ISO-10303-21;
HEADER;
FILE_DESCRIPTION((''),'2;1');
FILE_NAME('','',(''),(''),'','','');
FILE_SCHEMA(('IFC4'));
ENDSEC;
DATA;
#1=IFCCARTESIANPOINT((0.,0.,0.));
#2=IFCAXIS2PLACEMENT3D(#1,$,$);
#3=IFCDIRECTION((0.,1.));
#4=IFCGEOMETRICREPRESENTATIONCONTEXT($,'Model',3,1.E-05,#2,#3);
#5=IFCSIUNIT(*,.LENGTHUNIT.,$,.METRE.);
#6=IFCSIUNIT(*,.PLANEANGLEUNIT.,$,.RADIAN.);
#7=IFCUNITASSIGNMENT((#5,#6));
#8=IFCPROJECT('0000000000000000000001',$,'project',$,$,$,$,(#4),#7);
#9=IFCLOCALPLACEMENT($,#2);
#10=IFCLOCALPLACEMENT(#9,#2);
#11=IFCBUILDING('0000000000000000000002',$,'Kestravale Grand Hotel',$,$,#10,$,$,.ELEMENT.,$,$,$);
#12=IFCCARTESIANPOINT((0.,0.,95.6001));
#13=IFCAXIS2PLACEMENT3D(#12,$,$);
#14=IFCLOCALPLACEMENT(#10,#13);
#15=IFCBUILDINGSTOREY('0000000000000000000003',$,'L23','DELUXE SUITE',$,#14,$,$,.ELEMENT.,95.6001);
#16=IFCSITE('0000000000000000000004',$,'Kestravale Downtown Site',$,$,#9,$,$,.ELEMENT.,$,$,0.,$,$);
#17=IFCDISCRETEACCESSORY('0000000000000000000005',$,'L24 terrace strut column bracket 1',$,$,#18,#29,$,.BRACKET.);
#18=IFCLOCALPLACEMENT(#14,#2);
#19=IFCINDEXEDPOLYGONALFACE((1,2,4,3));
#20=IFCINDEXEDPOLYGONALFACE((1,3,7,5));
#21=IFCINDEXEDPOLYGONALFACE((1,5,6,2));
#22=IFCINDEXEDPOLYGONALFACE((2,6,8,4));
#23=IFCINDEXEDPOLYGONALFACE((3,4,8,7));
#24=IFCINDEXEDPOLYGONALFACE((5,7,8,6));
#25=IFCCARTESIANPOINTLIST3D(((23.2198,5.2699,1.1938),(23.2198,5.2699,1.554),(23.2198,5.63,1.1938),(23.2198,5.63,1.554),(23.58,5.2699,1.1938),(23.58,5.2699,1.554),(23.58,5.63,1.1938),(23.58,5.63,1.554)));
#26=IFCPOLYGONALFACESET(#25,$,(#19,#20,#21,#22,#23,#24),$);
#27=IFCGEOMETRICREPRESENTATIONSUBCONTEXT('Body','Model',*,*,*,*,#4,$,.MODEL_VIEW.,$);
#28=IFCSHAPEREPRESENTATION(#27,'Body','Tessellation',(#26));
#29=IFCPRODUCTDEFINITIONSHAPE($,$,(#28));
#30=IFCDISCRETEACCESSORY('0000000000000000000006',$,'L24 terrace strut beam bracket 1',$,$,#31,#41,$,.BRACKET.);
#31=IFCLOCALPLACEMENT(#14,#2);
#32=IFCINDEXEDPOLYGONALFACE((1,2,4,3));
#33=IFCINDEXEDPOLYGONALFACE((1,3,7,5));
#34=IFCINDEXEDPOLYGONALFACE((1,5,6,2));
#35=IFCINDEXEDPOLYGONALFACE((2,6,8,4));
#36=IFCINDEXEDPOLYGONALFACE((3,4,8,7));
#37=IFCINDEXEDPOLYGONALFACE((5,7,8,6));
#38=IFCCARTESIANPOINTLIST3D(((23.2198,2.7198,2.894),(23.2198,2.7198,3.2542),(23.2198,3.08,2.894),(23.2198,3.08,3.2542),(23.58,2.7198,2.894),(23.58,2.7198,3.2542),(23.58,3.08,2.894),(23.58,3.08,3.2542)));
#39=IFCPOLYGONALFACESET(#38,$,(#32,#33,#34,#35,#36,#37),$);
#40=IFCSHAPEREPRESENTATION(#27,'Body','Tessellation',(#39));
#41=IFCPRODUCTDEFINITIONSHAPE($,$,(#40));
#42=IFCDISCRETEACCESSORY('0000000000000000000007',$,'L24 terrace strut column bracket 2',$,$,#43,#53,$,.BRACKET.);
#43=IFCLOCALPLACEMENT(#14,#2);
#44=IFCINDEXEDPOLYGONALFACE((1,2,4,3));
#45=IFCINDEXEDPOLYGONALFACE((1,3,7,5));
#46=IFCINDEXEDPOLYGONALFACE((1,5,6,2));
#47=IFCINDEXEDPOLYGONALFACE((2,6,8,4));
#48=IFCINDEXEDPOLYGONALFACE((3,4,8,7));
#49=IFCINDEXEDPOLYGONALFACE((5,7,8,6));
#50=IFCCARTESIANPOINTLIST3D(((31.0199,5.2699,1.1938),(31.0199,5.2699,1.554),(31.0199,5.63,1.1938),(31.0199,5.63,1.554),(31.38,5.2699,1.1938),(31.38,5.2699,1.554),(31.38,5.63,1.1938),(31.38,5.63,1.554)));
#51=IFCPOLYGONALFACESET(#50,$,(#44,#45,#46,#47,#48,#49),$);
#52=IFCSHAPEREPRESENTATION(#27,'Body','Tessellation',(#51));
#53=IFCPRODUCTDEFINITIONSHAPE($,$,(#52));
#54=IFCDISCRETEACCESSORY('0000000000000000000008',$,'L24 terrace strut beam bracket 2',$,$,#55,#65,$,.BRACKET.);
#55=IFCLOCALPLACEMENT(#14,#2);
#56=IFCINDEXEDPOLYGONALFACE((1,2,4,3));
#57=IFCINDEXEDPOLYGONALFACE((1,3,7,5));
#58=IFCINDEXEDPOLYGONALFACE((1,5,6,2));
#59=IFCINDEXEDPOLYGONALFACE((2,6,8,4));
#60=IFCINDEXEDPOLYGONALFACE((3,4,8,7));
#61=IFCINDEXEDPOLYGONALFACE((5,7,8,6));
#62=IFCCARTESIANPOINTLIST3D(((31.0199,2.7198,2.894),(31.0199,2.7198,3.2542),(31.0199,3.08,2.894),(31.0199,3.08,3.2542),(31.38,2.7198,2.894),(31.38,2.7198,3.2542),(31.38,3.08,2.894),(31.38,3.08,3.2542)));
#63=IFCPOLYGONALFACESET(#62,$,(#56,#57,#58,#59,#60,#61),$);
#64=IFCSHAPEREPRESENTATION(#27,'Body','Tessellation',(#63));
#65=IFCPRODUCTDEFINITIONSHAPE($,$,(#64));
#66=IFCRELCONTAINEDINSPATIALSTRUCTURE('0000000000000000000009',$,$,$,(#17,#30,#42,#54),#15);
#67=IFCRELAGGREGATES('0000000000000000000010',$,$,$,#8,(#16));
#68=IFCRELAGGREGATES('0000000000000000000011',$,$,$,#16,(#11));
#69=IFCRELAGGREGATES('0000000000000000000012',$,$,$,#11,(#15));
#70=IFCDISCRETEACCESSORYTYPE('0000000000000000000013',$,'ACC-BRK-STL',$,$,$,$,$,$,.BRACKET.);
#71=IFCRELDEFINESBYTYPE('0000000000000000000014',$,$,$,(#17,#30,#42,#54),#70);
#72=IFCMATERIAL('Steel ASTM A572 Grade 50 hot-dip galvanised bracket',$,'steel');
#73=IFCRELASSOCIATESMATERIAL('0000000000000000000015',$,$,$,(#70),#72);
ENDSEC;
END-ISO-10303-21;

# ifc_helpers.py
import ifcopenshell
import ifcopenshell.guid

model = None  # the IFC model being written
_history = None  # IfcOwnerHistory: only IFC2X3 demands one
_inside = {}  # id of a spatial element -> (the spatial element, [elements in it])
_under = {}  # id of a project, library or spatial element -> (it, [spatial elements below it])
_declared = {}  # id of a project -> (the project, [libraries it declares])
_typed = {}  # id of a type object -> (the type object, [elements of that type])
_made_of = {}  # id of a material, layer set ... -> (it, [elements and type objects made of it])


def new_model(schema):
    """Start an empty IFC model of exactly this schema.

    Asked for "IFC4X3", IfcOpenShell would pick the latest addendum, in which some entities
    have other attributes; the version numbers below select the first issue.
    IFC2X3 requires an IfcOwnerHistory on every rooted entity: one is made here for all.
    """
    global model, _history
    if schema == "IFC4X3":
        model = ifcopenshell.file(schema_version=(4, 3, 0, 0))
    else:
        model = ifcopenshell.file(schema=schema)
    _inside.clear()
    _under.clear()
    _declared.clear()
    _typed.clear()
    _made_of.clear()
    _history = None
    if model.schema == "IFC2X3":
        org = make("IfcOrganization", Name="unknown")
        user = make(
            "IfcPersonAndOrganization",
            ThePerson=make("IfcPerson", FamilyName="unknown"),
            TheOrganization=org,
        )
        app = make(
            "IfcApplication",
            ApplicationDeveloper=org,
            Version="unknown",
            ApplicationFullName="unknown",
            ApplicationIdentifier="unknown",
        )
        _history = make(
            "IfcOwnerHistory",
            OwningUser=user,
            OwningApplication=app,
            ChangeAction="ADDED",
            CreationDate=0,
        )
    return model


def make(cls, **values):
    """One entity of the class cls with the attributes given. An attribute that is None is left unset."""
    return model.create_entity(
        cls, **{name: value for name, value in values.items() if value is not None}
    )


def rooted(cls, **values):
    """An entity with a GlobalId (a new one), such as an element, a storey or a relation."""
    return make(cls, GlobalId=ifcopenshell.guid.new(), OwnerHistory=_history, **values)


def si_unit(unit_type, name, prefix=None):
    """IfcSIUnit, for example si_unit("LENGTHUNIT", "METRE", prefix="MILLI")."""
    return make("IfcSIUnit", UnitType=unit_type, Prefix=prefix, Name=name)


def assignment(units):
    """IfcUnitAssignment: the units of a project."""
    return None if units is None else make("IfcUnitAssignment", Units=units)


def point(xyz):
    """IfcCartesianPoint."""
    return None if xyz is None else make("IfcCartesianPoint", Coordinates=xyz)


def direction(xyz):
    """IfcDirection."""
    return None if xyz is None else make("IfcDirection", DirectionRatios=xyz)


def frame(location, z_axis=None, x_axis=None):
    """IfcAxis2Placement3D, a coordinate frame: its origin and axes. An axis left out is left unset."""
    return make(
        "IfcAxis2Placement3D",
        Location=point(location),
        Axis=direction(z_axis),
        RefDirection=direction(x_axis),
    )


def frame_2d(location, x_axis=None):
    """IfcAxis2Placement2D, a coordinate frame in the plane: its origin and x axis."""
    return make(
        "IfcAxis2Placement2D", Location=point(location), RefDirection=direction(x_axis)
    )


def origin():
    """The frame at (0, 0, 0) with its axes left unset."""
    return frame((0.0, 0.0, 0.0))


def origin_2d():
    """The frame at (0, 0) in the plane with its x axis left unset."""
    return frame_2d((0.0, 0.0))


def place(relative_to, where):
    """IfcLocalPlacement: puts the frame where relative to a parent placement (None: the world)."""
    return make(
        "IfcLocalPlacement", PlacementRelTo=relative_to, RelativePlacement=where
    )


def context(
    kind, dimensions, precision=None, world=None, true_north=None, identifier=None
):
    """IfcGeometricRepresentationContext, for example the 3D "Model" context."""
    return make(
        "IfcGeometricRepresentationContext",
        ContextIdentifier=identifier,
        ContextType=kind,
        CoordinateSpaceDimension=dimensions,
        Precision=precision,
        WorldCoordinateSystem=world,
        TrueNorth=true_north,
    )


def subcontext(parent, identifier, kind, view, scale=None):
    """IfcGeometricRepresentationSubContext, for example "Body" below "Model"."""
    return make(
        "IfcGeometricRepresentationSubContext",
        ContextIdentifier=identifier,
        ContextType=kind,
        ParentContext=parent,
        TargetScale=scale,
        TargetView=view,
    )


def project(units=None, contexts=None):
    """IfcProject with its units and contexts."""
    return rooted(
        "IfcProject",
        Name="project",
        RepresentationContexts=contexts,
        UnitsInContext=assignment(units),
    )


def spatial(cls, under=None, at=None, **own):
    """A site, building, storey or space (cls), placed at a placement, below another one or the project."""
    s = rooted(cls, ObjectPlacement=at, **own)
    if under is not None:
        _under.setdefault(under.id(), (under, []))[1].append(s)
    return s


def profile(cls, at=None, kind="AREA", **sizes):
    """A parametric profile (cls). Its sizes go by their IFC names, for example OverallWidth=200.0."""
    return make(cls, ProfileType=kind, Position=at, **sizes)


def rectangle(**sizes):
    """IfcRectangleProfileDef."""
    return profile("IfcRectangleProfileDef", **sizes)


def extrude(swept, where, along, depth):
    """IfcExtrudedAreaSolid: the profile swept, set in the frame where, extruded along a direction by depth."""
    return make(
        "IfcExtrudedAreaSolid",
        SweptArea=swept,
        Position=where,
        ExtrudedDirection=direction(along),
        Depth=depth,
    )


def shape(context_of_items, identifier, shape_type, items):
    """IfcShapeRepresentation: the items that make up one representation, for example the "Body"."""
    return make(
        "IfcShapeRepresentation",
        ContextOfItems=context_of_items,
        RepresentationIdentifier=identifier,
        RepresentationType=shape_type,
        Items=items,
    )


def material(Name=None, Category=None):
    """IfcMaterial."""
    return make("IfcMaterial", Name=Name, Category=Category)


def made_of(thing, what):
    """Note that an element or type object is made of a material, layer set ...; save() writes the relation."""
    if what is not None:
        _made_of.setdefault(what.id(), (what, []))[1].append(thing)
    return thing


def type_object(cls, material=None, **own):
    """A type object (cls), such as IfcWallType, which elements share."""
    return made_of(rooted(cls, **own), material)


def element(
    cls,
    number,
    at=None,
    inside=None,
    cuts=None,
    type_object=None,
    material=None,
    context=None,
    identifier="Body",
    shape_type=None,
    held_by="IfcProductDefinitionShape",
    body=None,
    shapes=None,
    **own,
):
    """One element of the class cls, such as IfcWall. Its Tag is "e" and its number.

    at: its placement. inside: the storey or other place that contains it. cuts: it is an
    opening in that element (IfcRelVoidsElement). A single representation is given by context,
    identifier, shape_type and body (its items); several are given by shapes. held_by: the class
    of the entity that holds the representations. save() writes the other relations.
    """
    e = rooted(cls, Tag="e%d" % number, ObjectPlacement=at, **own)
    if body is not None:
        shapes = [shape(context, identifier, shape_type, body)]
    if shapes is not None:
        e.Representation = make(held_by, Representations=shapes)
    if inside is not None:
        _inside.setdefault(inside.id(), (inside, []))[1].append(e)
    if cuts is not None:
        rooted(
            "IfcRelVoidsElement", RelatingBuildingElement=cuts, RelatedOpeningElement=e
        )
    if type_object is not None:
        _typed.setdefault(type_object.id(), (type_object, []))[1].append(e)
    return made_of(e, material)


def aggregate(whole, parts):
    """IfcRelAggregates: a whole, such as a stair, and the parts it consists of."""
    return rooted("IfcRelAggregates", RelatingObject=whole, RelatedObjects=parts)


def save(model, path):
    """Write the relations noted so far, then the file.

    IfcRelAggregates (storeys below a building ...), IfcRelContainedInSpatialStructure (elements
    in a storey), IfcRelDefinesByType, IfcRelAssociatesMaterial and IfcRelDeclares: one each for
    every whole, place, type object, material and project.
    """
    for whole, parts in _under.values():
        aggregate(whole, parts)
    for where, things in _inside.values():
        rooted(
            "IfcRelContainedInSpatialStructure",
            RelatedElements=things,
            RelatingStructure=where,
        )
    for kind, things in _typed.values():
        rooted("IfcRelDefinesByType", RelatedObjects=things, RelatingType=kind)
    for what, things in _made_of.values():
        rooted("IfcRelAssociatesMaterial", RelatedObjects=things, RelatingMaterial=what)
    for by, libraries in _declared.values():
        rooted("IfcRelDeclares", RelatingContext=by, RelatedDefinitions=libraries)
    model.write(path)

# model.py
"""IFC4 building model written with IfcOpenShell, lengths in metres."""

from ifc_helpers import new_model, si_unit, direction, frame, origin, origin_2d, place, context, subcontext, project, spatial, rectangle, extrude, material, type_object, element, save


model = new_model("IFC4")

# Units and contexts
model_context = context("Model", 3, precision=1e-05, world=origin(), true_north=direction((0.0, 1.0)))
body_context = subcontext(model_context, "Body", "Model", "MODEL_VIEW")
ifc_project = project(units=[si_unit("LENGTHUNIT", "METRE"), si_unit("PLANEANGLEUNIT", "RADIAN")], contexts=[model_context])

# Site, building, storey
site_placement = place(None, origin())
site = spatial("IfcSite", under=ifc_project, at=site_placement, Name="Kestravale Downtown Site", CompositionType="ELEMENT", RefElevation=0.0)
building_placement = place(site_placement, origin())
building = spatial("IfcBuilding", under=site, at=building_placement, Name="Kestravale Grand Hotel", CompositionType="ELEMENT")
storey_placement = place(building_placement, frame((0.0, 0.0, 95.6001)))
storey = spatial("IfcBuildingStorey", under=building, at=storey_placement, Name="L23", Description="DELUXE SUITE", CompositionType="ELEMENT", Elevation=95.6001)

# Discrete accessories
ifc_material_1 = material(Name="Steel ASTM A572 Grade 50 hot-dip galvanised bracket", Category="steel")
discrete_accessory_type = type_object("IfcDiscreteAccessoryType", Name="ACC-BRK-STL", PredefinedType="BRACKET", material=ifc_material_1)
for number, where, z_axis, x_axis, name in (
    (1, (23.3999, 5.45, 1.1938), (0.0, 0.0, 1.0), (1.0, 0.0, 0.0), "L24 terrace strut column bracket 1"),
    (2, (23.3999, 2.8999, 2.894), (0.0, 0.0, 1.0), (1.0, 0.0, 0.0), "L24 terrace strut beam bracket 1"),
    (3, (31.2, 5.45, 1.1938), (0.0, 0.0, 1.0), (1.0, 0.0, 0.0), "L24 terrace strut column bracket 2"),
    (4, (31.2, 2.8999, 2.894), (0.0, 0.0, 1.0), (1.0, 0.0, 0.0), "L24 terrace strut beam bracket 2"),
):
    element("IfcDiscreteAccessory", number, at=place(storey_placement, frame(where, z_axis=z_axis, x_axis=x_axis)), inside=storey, type_object=discrete_accessory_type, Name=name, PredefinedType="BRACKET", context=body_context, shape_type="SweptSolid", body=[
        extrude(rectangle(XDim=0.3601, YDim=0.3601, at=origin_2d()), origin(), (0.0, 0.0, 1.0), 0.3601),
    ])

save(model, "model.ifc")
